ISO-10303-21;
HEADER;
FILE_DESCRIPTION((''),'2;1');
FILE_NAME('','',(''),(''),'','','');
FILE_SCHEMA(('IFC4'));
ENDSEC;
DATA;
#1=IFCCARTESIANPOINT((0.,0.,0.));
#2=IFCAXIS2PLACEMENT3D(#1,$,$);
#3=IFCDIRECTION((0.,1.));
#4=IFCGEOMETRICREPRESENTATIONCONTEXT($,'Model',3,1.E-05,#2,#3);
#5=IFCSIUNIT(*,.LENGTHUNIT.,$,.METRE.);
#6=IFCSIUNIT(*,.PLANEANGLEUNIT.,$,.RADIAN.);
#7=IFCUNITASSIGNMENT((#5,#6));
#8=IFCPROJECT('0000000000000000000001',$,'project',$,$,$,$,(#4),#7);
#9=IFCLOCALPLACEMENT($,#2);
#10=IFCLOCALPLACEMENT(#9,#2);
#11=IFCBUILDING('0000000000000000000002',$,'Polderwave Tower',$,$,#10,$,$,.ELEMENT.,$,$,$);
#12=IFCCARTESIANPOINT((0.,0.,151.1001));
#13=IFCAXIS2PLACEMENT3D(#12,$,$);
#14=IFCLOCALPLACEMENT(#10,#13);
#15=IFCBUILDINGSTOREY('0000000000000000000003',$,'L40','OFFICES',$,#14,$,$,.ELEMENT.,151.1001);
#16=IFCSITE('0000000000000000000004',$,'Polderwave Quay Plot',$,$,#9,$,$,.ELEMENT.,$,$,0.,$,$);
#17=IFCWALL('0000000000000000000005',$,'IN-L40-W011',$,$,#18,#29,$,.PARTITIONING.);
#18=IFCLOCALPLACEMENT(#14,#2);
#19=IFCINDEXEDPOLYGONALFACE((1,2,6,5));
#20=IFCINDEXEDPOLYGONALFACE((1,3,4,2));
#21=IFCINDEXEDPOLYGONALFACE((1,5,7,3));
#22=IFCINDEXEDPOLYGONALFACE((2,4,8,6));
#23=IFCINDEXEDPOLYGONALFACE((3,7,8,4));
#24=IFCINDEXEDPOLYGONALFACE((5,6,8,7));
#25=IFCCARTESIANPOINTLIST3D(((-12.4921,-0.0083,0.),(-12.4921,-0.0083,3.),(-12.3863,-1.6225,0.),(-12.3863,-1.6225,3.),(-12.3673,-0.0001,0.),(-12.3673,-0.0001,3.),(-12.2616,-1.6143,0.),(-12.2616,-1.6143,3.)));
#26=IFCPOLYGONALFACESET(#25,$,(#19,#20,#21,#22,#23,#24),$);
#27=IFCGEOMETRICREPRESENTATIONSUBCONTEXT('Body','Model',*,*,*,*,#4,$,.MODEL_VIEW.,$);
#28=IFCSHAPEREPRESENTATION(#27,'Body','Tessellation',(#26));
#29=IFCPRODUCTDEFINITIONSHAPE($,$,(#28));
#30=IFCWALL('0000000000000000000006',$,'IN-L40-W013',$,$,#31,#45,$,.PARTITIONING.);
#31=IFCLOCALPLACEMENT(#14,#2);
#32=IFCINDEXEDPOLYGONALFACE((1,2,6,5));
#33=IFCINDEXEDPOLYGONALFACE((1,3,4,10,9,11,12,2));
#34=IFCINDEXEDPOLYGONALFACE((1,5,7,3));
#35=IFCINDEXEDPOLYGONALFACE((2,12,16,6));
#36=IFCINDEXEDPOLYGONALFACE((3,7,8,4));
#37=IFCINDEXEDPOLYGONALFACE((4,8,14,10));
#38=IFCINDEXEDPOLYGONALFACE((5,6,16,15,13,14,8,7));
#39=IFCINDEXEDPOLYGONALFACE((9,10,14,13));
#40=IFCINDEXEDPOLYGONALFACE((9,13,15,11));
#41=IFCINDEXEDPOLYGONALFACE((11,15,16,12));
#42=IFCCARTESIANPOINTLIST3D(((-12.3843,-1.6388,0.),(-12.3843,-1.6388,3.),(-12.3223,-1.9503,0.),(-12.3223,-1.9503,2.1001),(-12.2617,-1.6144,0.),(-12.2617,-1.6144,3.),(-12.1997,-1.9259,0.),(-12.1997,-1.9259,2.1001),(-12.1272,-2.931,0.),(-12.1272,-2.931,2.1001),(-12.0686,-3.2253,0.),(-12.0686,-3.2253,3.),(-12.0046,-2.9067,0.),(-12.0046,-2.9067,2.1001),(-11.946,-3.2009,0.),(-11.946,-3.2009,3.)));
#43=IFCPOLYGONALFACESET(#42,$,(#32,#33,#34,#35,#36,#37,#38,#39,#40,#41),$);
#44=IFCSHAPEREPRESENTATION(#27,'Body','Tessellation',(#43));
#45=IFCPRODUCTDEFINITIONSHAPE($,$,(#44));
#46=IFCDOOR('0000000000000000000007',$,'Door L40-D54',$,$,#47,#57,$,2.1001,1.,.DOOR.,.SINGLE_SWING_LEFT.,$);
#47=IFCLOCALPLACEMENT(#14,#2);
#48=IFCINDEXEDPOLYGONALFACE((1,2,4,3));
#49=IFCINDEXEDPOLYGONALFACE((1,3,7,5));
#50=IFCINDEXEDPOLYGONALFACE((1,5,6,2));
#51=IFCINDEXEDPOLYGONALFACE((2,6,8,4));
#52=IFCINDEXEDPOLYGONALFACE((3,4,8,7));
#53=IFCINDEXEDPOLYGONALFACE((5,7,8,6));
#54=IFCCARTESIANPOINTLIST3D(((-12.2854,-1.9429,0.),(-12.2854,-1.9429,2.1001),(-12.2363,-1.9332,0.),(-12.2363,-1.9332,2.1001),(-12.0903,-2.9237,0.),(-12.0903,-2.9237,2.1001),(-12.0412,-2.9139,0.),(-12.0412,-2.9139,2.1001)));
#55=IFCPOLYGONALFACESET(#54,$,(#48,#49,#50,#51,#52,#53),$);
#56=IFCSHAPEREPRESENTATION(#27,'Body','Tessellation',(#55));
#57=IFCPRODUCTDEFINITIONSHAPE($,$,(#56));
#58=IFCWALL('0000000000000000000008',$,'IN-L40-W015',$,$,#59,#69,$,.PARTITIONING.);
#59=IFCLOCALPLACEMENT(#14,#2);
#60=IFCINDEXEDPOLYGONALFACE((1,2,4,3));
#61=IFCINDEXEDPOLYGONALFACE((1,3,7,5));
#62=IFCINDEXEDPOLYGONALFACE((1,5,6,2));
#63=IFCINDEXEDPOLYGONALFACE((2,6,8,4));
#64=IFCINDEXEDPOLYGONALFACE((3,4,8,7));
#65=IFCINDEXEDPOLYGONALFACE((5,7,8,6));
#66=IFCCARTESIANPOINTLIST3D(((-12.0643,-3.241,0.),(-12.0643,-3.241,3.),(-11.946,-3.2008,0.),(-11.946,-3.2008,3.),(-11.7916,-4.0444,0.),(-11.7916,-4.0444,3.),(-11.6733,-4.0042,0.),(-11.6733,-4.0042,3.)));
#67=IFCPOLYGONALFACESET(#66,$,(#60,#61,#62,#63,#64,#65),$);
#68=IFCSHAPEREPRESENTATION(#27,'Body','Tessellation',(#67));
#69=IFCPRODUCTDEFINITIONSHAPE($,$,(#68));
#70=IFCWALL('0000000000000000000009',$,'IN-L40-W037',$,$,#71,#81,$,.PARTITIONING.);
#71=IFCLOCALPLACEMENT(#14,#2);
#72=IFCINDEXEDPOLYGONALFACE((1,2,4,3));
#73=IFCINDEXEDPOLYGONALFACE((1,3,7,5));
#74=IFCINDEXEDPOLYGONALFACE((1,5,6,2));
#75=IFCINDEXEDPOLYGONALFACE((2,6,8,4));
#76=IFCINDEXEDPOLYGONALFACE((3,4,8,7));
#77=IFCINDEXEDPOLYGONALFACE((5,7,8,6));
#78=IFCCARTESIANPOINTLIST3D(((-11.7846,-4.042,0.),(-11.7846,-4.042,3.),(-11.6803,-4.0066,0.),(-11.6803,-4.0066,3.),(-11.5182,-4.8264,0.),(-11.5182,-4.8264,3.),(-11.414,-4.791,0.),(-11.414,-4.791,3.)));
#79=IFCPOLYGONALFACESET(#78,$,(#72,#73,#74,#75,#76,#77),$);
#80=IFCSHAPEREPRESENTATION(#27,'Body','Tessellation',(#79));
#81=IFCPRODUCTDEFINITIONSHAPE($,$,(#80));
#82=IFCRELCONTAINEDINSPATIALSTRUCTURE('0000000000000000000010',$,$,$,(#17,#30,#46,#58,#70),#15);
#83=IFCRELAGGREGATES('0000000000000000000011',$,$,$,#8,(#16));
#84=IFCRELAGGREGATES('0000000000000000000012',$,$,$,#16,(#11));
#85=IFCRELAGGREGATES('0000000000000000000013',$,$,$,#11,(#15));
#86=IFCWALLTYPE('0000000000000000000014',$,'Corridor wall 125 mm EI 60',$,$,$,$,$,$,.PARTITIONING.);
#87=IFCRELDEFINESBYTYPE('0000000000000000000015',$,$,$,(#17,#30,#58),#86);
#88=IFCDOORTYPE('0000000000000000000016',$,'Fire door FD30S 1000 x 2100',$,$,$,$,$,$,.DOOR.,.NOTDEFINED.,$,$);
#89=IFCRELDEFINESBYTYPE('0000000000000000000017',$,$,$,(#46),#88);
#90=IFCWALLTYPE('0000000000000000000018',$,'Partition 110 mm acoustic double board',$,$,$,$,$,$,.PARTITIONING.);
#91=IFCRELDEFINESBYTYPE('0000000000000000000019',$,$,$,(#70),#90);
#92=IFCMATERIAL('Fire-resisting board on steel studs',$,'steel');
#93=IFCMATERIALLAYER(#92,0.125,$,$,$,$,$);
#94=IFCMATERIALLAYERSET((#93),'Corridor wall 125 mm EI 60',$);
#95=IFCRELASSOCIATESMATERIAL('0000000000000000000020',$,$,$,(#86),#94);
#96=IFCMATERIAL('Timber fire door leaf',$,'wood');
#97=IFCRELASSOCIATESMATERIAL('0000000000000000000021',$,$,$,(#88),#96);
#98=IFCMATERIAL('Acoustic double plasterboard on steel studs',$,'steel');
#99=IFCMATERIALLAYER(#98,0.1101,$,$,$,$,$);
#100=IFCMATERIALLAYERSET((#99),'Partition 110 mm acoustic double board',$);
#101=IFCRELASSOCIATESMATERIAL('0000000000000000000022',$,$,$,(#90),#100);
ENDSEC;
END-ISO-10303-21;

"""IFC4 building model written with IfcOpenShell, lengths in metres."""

from ifc_helpers import new_model, si_unit, direction, frame, frame_2d, origin, place, context, subcontext, project, spatial, rectangle, extrude, material, layer, layer_set, type_object, element, fill, save


model = new_model("IFC4")

# Units and contexts
model_context = context("Model", 3, precision=1e-05, world=origin(), true_north=direction((0.0, 1.0)))
body_context = subcontext(model_context, "Body", "Model", "MODEL_VIEW")
ifc_project = project(units=[si_unit("LENGTHUNIT", "METRE"), si_unit("PLANEANGLEUNIT", "RADIAN")], contexts=[model_context])

# Site, building, storey
site_placement = place(None, origin())
site = spatial("IfcSite", under=ifc_project, at=site_placement, Name="Polderwave Quay Plot", CompositionType="ELEMENT", RefElevation=0.0)
building_placement = place(site_placement, origin())
building = spatial("IfcBuilding", under=site, at=building_placement, Name="Polderwave Tower", CompositionType="ELEMENT")
storey_placement = place(building_placement, frame((0.0, 0.0, 151.1001)))
storey = spatial("IfcBuildingStorey", under=building, at=storey_placement, Name="L40", Description="OFFICES", CompositionType="ELEMENT", Elevation=151.1001)

# Wall
ifc_material_1 = material(Name="Fire-resisting board on steel studs", Category="steel")
ifc_layer_1 = layer(ifc_material_1, 0.125)
ifc_layer_set_1 = layer_set([ifc_layer_1], Name="Corridor wall 125 mm EI 60")
wall_type_1 = type_object("IfcWallType", Name="Corridor wall 125 mm EI 60", PredefinedType="PARTITIONING", material=ifc_layer_set_1)
wall_1_placement = place(storey_placement, frame((-12.324, -1.6184, 0.0), z_axis=(0.0, 0.0, 1.0), x_axis=(-0.065347, 0.997863, 0.0)))
element("IfcWall", 1, at=wall_1_placement, inside=storey, type_object=wall_type_1, Name="IN-L40-W011", PredefinedType="PARTITIONING", context=body_context, shape_type="SweptSolid", body=[
    extrude(rectangle(XDim=1.6177, YDim=0.125, at=frame_2d((0.8088, 0.0))), origin(), (0.0, 0.0, 1.0), 3.0),
])

# Wall, opening, door
wall_2_placement = place(storey_placement, frame((-12.0073, -3.2131, 0.0), z_axis=(0.0, 0.0, 1.0), x_axis=(-0.195129, 0.980778, 0.0)))
wall_2 = element("IfcWall", 2, at=wall_2_placement, inside=storey, type_object=wall_type_1, Name="IN-L40-W013", PredefinedType="PARTITIONING", context=body_context, shape_type="SweptSolid", body=[
    extrude(rectangle(XDim=1.6177, YDim=0.125, at=frame_2d((0.8088, 0.0))), origin(), (0.0, 0.0, 1.0), 3.0),
])
opening_placement = place(wall_2_placement, frame((0.3, 0.0, 0.0)))
opening = element("IfcOpeningElement", 3, at=opening_placement, cuts=wall_2, PredefinedType="OPENING", context=body_context, shape_type="SweptSolid", body=[
    extrude(rectangle(XDim=1.0, YDim=2.1001, at=frame_2d((0.5, 1.05))), frame((0.0, 0.0725, 0.0), z_axis=(0.0, -1.0, 0.0), x_axis=(1.0, 0.0, 0.0)), (0.0, 0.0, 1.0), 0.145),
])
ifc_material_2 = material(Name="Timber fire door leaf", Category="wood")
door_type = type_object("IfcDoorType", Name="Fire door FD30S 1000 x 2100", OperationType="NOTDEFINED", PredefinedType="DOOR", material=ifc_material_2)
door_placement = place(opening_placement, origin())
door = element("IfcDoor", 4, at=door_placement, inside=storey, type_object=door_type, Name="Door L40-D54", OperationType="SINGLE_SWING_LEFT", OverallHeight=2.1001, OverallWidth=1.0, PredefinedType="DOOR", context=body_context, shape_type="SweptSolid", body=[
    extrude(rectangle(XDim=1.0, YDim=2.1001, at=frame_2d((0.5, 1.05))), frame((0.0, 0.0249, 0.0), z_axis=(0.0, -1.0, 0.0), x_axis=(1.0, 0.0, 0.0)), (0.0, 0.0, 1.0), 0.05),
])
fill(opening, door)

# Walls
wall_3_placement = place(storey_placement, frame((-11.7324, -4.0244, 0.0), z_axis=(0.0, 0.0, 1.0), x_axis=(-0.321402, 0.946943, 0.0)))
element("IfcWall", 5, at=wall_3_placement, inside=storey, type_object=wall_type_1, Name="IN-L40-W015", PredefinedType="PARTITIONING", context=body_context, shape_type="SweptSolid", body=[
    extrude(rectangle(XDim=0.8484, YDim=0.125, at=frame_2d((0.4243, 0.0))), origin(), (0.0, 0.0, 1.0), 3.0),
])
ifc_material_3 = material(Name="Acoustic double plasterboard on steel studs", Category="steel")
ifc_layer_2 = layer(ifc_material_3, 0.1101)
ifc_layer_set_2 = layer_set([ifc_layer_2], Name="Partition 110 mm acoustic double board")
wall_type_2 = type_object("IfcWallType", Name="Partition 110 mm acoustic double board", PredefinedType="PARTITIONING", material=ifc_layer_set_2)
wall_4_placement = place(storey_placement, frame((-11.7324, -4.0244, 0.0), z_axis=(0.0, 0.0, 1.0), x_axis=(0.321528, -0.9469, 0.0)))
element("IfcWall", 6, at=wall_4_placement, inside=storey, type_object=wall_type_2, Name="IN-L40-W037", PredefinedType="PARTITIONING", context=body_context, shape_type="SweptSolid", body=[
    extrude(rectangle(XDim=0.8284, YDim=0.1101, at=frame_2d((0.4141, 0.0))), origin(), (0.0, 0.0, 1.0), 3.0),
])

save(model, "model.ifc")
